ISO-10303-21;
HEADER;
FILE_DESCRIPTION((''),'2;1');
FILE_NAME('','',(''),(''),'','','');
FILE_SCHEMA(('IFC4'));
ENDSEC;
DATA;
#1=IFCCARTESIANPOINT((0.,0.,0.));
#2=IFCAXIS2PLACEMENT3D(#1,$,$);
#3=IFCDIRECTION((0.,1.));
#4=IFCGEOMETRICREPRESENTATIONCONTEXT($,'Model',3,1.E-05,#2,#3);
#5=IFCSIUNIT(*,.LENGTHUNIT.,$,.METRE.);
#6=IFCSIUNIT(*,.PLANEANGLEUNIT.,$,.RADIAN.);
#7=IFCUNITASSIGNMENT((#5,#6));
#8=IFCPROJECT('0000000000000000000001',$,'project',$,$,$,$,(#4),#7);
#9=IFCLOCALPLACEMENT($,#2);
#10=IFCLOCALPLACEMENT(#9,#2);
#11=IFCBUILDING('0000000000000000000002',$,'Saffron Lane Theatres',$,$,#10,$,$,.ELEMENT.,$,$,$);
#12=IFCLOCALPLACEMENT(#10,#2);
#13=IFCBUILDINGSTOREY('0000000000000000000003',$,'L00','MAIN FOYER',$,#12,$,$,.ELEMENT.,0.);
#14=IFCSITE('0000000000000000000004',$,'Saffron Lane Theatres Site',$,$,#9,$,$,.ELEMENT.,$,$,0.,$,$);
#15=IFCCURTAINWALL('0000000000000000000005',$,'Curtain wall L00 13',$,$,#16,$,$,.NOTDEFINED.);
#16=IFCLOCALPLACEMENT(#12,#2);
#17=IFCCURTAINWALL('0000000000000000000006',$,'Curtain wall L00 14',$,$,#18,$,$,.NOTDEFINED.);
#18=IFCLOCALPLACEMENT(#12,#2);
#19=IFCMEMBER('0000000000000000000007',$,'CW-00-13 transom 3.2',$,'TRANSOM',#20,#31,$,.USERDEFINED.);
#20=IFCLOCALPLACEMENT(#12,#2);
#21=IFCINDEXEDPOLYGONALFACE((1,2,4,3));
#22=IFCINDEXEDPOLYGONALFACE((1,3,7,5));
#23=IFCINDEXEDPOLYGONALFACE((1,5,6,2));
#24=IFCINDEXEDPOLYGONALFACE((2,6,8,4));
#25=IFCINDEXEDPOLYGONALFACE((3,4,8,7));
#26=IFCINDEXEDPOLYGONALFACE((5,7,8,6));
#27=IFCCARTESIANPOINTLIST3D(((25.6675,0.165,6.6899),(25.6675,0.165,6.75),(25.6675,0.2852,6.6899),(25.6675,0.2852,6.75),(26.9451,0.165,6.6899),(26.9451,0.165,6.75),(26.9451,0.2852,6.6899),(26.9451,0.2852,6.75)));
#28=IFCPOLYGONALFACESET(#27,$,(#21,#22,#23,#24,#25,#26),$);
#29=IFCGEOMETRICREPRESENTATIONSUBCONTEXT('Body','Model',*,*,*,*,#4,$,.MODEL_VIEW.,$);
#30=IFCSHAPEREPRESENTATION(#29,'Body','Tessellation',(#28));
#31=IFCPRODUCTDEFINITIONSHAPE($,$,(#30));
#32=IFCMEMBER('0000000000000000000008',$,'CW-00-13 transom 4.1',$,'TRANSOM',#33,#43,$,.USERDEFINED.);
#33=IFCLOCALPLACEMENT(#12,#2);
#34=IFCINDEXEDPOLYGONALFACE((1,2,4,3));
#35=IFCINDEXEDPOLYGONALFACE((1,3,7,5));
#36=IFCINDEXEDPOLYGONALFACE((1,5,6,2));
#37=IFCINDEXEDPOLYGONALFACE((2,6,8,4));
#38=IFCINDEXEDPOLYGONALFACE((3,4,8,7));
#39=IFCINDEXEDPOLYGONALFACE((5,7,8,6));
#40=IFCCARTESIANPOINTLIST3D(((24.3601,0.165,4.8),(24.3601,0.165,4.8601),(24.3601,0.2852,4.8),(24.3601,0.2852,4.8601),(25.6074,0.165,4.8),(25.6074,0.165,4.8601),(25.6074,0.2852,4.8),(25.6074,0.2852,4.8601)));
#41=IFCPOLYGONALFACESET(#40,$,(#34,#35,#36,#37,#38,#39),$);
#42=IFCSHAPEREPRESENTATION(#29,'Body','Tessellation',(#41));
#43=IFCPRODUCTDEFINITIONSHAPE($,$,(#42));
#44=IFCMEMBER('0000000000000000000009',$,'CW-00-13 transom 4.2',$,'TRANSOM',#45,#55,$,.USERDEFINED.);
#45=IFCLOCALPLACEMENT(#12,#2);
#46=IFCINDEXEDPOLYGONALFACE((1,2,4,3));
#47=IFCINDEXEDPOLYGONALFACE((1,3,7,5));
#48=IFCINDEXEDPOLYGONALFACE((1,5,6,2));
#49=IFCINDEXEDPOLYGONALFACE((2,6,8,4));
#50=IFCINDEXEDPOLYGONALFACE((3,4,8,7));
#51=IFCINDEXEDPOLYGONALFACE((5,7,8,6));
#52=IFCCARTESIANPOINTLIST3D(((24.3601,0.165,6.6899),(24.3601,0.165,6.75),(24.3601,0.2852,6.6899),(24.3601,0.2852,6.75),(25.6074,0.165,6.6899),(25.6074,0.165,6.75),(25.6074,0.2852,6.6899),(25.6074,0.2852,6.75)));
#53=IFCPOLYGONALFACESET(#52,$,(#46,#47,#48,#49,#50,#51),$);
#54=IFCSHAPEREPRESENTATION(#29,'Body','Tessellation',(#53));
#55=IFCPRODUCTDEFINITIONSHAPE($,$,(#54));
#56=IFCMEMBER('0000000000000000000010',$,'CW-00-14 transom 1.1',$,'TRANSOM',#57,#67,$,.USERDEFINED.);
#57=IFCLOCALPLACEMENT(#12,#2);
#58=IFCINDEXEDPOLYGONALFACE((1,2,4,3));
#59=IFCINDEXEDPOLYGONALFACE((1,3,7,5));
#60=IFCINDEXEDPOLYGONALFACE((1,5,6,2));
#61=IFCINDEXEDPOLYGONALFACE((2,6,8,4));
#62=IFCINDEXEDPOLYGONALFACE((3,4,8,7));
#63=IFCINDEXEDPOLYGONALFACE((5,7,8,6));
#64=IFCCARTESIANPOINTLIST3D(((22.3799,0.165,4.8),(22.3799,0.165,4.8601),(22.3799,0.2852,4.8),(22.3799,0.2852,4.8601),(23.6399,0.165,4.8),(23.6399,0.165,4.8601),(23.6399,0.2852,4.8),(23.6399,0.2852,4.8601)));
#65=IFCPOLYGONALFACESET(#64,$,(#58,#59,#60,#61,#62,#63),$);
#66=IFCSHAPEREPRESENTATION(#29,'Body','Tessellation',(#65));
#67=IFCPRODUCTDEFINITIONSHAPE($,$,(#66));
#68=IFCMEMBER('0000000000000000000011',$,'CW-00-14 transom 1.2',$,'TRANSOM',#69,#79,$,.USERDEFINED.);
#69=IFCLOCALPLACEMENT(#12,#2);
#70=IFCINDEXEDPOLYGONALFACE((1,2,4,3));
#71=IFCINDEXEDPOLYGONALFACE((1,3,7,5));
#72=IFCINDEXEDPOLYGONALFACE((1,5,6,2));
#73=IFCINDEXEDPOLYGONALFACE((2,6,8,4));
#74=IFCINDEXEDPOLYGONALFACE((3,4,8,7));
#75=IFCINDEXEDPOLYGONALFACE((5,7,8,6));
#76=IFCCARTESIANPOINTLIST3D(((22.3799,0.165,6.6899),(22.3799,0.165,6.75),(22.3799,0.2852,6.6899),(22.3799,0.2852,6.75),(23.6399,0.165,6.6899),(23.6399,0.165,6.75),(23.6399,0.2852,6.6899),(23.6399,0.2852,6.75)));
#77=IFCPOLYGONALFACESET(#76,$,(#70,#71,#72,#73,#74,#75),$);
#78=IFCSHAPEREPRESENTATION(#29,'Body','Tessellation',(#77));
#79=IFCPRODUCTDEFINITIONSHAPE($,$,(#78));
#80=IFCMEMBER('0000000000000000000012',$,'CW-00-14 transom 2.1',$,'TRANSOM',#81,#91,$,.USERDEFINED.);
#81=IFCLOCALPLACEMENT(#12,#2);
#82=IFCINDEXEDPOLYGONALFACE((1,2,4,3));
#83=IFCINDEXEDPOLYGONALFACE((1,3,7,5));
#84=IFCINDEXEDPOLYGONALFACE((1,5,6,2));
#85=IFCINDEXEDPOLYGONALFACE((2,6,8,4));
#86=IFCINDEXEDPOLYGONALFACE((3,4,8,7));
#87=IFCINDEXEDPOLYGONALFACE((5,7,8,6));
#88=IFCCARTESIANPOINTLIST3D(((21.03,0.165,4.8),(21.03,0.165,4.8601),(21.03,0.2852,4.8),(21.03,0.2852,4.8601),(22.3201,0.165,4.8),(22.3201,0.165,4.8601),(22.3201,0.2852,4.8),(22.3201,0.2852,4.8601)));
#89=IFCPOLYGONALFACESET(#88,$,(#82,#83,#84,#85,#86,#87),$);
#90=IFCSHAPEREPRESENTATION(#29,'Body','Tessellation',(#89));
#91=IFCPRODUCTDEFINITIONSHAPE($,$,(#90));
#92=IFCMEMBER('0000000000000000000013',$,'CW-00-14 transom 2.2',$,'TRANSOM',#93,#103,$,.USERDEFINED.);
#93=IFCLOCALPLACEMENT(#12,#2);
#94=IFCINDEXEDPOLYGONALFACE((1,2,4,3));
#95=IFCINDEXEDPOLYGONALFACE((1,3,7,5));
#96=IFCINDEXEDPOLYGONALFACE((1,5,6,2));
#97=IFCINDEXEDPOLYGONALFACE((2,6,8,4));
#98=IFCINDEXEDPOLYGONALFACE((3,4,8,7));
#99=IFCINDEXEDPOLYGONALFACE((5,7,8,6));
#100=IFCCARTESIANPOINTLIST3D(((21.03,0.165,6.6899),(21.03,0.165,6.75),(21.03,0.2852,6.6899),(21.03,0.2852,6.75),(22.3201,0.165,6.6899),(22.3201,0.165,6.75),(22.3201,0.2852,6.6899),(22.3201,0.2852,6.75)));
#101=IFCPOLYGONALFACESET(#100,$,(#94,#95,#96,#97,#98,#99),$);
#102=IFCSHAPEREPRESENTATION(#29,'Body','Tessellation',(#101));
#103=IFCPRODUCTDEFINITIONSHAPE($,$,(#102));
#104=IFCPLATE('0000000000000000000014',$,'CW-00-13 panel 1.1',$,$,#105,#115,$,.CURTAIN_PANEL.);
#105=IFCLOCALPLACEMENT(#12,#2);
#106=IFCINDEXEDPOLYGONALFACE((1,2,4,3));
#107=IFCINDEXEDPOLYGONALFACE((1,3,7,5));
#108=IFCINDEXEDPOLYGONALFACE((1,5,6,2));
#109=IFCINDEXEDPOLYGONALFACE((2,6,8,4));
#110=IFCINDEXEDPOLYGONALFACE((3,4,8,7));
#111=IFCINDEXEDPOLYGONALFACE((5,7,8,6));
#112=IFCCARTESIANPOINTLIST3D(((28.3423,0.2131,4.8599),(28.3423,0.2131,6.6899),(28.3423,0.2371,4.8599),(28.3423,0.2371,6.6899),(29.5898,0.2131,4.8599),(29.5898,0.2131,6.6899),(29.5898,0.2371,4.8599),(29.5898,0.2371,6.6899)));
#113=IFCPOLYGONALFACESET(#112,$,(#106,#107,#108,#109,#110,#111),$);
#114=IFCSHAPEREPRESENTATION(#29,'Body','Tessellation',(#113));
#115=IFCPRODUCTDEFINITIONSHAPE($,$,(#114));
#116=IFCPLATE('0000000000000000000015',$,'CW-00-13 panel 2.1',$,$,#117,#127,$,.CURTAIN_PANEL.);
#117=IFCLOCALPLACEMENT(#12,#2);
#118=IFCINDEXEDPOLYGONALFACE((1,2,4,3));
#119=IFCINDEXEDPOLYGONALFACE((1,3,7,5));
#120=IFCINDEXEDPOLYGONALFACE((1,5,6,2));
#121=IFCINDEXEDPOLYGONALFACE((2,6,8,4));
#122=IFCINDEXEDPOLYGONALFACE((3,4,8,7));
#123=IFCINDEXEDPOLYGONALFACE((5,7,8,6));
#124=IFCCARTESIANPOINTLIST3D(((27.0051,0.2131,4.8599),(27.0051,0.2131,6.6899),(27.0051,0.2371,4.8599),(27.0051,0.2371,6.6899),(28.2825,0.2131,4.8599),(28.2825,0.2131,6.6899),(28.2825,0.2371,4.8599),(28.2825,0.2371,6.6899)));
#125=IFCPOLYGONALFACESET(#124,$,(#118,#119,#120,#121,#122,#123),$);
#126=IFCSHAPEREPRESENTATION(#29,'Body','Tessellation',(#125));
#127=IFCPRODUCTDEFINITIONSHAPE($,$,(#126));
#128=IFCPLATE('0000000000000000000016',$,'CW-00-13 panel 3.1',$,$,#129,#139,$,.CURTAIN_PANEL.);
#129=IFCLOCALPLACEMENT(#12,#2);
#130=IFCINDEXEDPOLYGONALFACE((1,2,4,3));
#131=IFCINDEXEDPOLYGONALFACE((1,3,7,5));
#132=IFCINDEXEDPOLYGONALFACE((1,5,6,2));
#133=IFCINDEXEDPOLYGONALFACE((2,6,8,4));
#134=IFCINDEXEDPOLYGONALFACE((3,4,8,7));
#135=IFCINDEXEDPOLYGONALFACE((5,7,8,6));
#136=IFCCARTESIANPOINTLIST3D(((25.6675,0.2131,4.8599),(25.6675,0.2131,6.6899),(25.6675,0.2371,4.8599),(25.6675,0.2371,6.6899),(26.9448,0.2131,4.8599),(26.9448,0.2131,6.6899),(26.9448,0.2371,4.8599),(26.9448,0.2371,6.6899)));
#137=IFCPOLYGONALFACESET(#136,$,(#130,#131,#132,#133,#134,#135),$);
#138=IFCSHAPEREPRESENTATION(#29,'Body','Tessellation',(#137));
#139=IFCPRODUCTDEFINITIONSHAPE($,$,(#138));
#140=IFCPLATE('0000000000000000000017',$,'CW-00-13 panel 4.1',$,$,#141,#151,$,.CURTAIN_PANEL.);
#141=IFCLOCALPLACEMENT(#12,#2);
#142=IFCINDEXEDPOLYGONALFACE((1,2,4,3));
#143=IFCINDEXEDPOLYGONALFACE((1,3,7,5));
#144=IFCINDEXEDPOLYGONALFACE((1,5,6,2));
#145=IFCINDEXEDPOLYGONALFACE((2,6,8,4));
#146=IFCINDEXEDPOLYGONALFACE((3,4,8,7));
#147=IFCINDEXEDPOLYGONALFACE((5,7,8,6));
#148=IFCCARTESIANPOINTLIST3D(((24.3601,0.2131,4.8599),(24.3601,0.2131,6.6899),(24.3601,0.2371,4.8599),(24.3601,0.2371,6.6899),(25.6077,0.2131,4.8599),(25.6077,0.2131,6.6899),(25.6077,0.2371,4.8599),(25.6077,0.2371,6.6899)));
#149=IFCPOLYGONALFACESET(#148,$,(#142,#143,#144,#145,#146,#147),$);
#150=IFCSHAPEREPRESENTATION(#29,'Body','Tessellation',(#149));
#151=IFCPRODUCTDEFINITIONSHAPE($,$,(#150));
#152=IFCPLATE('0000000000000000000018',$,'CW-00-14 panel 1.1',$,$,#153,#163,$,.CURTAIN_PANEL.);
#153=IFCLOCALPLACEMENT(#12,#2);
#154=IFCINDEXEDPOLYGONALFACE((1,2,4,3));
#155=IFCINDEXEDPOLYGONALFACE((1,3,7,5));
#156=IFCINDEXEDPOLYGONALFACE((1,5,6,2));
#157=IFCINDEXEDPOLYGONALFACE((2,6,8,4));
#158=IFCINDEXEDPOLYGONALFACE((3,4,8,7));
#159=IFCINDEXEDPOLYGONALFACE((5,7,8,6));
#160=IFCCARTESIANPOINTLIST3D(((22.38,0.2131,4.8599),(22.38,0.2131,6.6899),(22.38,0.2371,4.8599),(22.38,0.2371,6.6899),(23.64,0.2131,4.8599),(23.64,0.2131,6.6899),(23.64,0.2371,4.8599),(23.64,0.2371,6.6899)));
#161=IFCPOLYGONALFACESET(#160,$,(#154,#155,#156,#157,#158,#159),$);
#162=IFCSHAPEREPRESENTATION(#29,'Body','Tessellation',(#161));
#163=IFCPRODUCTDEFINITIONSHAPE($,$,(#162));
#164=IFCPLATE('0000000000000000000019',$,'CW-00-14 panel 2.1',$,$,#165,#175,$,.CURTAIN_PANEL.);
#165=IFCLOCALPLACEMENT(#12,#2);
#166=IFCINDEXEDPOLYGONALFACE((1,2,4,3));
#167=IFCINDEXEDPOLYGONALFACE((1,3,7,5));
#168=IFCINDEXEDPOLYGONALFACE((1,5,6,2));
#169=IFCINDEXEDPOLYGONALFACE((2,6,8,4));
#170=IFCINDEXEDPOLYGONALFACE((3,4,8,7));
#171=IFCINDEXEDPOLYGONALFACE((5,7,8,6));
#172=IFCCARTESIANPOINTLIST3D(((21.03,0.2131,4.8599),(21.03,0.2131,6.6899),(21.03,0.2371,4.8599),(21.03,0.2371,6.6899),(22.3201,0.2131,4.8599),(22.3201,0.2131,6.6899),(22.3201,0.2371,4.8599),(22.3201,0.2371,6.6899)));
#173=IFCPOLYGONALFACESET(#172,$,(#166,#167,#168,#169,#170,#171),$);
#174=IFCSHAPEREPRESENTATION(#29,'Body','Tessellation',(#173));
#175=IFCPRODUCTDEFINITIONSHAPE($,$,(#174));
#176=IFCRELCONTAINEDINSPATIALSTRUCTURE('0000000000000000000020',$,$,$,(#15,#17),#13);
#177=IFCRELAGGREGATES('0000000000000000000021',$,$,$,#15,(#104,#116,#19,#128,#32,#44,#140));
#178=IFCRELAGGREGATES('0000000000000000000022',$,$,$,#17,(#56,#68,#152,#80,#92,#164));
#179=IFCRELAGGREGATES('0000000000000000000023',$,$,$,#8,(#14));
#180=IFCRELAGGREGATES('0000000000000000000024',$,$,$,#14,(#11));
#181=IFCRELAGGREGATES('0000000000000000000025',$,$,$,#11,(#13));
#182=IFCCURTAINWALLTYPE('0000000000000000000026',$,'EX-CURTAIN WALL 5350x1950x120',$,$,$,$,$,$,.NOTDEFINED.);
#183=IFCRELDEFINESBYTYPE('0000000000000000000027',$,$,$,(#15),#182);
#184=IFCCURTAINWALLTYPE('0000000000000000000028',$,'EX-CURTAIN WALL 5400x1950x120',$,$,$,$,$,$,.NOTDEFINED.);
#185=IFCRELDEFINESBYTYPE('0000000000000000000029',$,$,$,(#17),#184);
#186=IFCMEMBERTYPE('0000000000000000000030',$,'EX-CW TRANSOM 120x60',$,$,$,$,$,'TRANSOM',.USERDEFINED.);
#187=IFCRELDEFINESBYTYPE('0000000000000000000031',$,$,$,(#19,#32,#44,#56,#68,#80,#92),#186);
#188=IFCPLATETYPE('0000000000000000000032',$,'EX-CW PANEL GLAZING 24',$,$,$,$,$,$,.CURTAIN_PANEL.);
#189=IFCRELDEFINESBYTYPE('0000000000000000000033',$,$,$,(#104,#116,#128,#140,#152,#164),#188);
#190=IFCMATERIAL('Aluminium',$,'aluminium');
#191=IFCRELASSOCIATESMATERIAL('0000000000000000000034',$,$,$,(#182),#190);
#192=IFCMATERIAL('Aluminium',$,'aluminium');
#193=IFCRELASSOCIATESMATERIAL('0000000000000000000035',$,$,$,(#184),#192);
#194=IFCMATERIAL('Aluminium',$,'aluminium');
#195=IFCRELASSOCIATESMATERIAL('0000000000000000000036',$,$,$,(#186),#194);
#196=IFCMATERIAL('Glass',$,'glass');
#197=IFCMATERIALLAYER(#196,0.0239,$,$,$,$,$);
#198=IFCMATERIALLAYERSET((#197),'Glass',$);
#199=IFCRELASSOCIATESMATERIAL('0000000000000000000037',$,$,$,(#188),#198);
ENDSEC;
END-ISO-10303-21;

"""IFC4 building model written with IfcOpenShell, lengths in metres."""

from ifc_helpers import new_model, si_unit, direction, frame, origin, origin_2d, place, context, subcontext, project, spatial, rectangle, extrude, material, layer, layer_set, material_profile, profile_set, type_object, element, aggregate, save


model = new_model("IFC4")

# Units and contexts
model_context = context("Model", 3, precision=1e-05, world=origin(), true_north=direction((0.0, 1.0)))
body_context = subcontext(model_context, "Body", "Model", "MODEL_VIEW")
ifc_project = project(units=[si_unit("LENGTHUNIT", "METRE"), si_unit("PLANEANGLEUNIT", "RADIAN")], contexts=[model_context])

# Site, building, storey
site_placement = place(None, origin())
site = spatial("IfcSite", under=ifc_project, at=site_placement, Name="Saffron Lane Theatres Site", CompositionType="ELEMENT", RefElevation=0.0)
building_placement = place(site_placement, origin())
building = spatial("IfcBuilding", under=site, at=building_placement, Name="Saffron Lane Theatres", CompositionType="ELEMENT")
storey_placement = place(building_placement, origin())
storey = spatial("IfcBuildingStorey", under=building, at=storey_placement, Name="L00", Description="MAIN FOYER", CompositionType="ELEMENT", Elevation=0.0)

# Curtain walls
ifc_material_1 = material(Name="Aluminium", Category="aluminium")
curtain_wall_type_1 = type_object("IfcCurtainWallType", Name="EX-CURTAIN WALL 5350x1950x120", PredefinedType="NOTDEFINED", material=ifc_material_1)
curtain_wall_1_placement = place(storey_placement, origin())
curtain_wall_1 = element("IfcCurtainWall", 1, at=curtain_wall_1_placement, inside=storey, type_object=curtain_wall_type_1, Name="Curtain wall L00 13", PredefinedType="NOTDEFINED")
ifc_material_2 = material(Name="Aluminium", Category="aluminium")
curtain_wall_type_2 = type_object("IfcCurtainWallType", Name="EX-CURTAIN WALL 5400x1950x120", PredefinedType="NOTDEFINED", material=ifc_material_2)
curtain_wall_2_placement = place(storey_placement, origin())
curtain_wall_2 = element("IfcCurtainWall", 2, at=curtain_wall_2_placement, inside=storey, type_object=curtain_wall_type_2, Name="Curtain wall L00 14", PredefinedType="NOTDEFINED")

# Members
ifc_material_3 = material(Name="Aluminium", Category="aluminium")
ifc_material_profile_1 = material_profile(ifc_material_3, rectangle(XDim=0.1201, YDim=0.0601, at=origin_2d()))
ifc_profile_set_1 = profile_set([ifc_material_profile_1], Name="Aluminium")
member_type_1 = type_object("IfcMemberType", Name="EX-CW TRANSOM 120x60", ElementType="TRANSOM", PredefinedType="USERDEFINED", material=ifc_profile_set_1)
member_1_placement = place(storey_placement, frame((26.9451, 0.2251, 6.72), z_axis=(-1.0, 0.0, 0.0), x_axis=(0.0, -1.0, 0.0)))
member_1 = element("IfcMember", 3, at=member_1_placement, type_object=member_type_1, Name="CW-00-13 transom 3.2", ObjectType="TRANSOM", PredefinedType="USERDEFINED", context=body_context, shape_type="SweptSolid", body=[
    extrude(rectangle(XDim=0.1201, YDim=0.0601, at=origin_2d()), origin(), (0.0, 0.0, 1.0), 1.2776),
])
member_2_placement = place(storey_placement, frame((25.6074, 0.2251, 4.8301), z_axis=(-1.0, 0.0, 0.0), x_axis=(0.0, -1.0, 0.0)))
member_2 = element("IfcMember", 4, at=member_2_placement, type_object=member_type_1, Name="CW-00-13 transom 4.1", ObjectType="TRANSOM", PredefinedType="USERDEFINED", context=body_context, shape_type="SweptSolid", body=[
    extrude(rectangle(XDim=0.1201, YDim=0.0601, at=origin_2d()), origin(), (0.0, 0.0, 1.0), 1.2473),
])
member_3_placement = place(storey_placement, frame((25.6074, 0.2251, 6.72), z_axis=(-1.0, 0.0, 0.0), x_axis=(0.0, -1.0, 0.0)))
member_3 = element("IfcMember", 5, at=member_3_placement, type_object=member_type_1, Name="CW-00-13 transom 4.2", ObjectType="TRANSOM", PredefinedType="USERDEFINED", context=body_context, shape_type="SweptSolid", body=[
    extrude(rectangle(XDim=0.1201, YDim=0.0601, at=origin_2d()), origin(), (0.0, 0.0, 1.0), 1.2473),
])
member_4_placement = place(storey_placement, frame((23.6399, 0.2251, 4.8301), z_axis=(-1.0, 0.0, 0.0), x_axis=(0.0, -1.0, 0.0)))
member_4 = element("IfcMember", 6, at=member_4_placement, type_object=member_type_1, Name="CW-00-14 transom 1.1", ObjectType="TRANSOM", PredefinedType="USERDEFINED", context=body_context, shape_type="SweptSolid", body=[
    extrude(rectangle(XDim=0.1201, YDim=0.0601, at=origin_2d()), origin(), (0.0, 0.0, 1.0), 1.26),
])
member_5_placement = place(storey_placement, frame((23.6399, 0.2251, 6.72), z_axis=(-1.0, 0.0, 0.0), x_axis=(0.0, -1.0, 0.0)))
member_5 = element("IfcMember", 7, at=member_5_placement, type_object=member_type_1, Name="CW-00-14 transom 1.2", ObjectType="TRANSOM", PredefinedType="USERDEFINED", context=body_context, shape_type="SweptSolid", body=[
    extrude(rectangle(XDim=0.1201, YDim=0.0601, at=origin_2d()), origin(), (0.0, 0.0, 1.0), 1.26),
])
member_6_placement = place(storey_placement, frame((22.3201, 0.2251, 4.8301), z_axis=(-1.0, 0.0, 0.0), x_axis=(0.0, -1.0, 0.0)))
member_6 = element("IfcMember", 8, at=member_6_placement, type_object=member_type_1, Name="CW-00-14 transom 2.1", ObjectType="TRANSOM", PredefinedType="USERDEFINED", context=body_context, shape_type="SweptSolid", body=[
    extrude(rectangle(XDim=0.1201, YDim=0.0601, at=origin_2d()), origin(), (0.0, 0.0, 1.0), 1.29),
])
member_7_placement = place(storey_placement, frame((22.3201, 0.2251, 6.72), z_axis=(-1.0, 0.0, 0.0), x_axis=(0.0, -1.0, 0.0)))
member_7 = element("IfcMember", 9, at=member_7_placement, type_object=member_type_1, Name="CW-00-14 transom 2.2", ObjectType="TRANSOM", PredefinedType="USERDEFINED", context=body_context, shape_type="SweptSolid", body=[
    extrude(rectangle(XDim=0.1201, YDim=0.0601, at=origin_2d()), origin(), (0.0, 0.0, 1.0), 1.29),
])

# Plates
ifc_material_4 = material(Name="Glass", Category="glass")
ifc_layer_1 = layer(ifc_material_4, 0.0239)
ifc_layer_set_1 = layer_set([ifc_layer_1], Name="Glass")
plate_type = type_object("IfcPlateType", Name="EX-CW PANEL GLAZING 24", PredefinedType="CURTAIN_PANEL", material=ifc_layer_set_1)
plate_1_placement = place(storey_placement, frame((28.9661, 0.2251, 4.8599), z_axis=(0.0, 0.0, 1.0), x_axis=(-1.0, 0.0, 0.0)))
plate_1 = element("IfcPlate", 10, at=plate_1_placement, type_object=plate_type, Name="CW-00-13 panel 1.1", PredefinedType="CURTAIN_PANEL", context=body_context, shape_type="SweptSolid", body=[
    extrude(rectangle(XDim=1.2476, YDim=0.0239, at=origin_2d()), origin(), (0.0, 0.0, 1.0), 1.8301),
])
plate_2_placement = place(storey_placement, frame((27.6438, 0.2251, 4.8599), z_axis=(0.0, 0.0, 1.0), x_axis=(-1.0, 0.0, 0.0)))
plate_2 = element("IfcPlate", 11, at=plate_2_placement, type_object=plate_type, Name="CW-00-13 panel 2.1", PredefinedType="CURTAIN_PANEL", context=body_context, shape_type="SweptSolid", body=[
    extrude(rectangle(XDim=1.2773, YDim=0.0239, at=origin_2d()), origin(), (0.0, 0.0, 1.0), 1.8301),
])
plate_3_placement = place(storey_placement, frame((26.3062, 0.2251, 4.8599), z_axis=(0.0, 0.0, 1.0), x_axis=(-1.0, 0.0, 0.0)))
plate_3 = element("IfcPlate", 12, at=plate_3_placement, type_object=plate_type, Name="CW-00-13 panel 3.1", PredefinedType="CURTAIN_PANEL", context=body_context, shape_type="SweptSolid", body=[
    extrude(rectangle(XDim=1.2773, YDim=0.0239, at=origin_2d()), origin(), (0.0, 0.0, 1.0), 1.8301),
])
plate_4_placement = place(storey_placement, frame((24.9839, 0.2251, 4.8599), z_axis=(0.0, 0.0, 1.0), x_axis=(-1.0, 0.0, 0.0)))
plate_4 = element("IfcPlate", 13, at=plate_4_placement, type_object=plate_type, Name="CW-00-13 panel 4.1", PredefinedType="CURTAIN_PANEL", context=body_context, shape_type="SweptSolid", body=[
    extrude(rectangle(XDim=1.2476, YDim=0.0239, at=origin_2d()), origin(), (0.0, 0.0, 1.0), 1.8301),
])
aggregate(curtain_wall_1, [plate_1, plate_2, member_1, plate_3, member_2, member_3, plate_4])
plate_5_placement = place(storey_placement, frame((23.01, 0.2251, 4.8599), z_axis=(0.0, 0.0, 1.0), x_axis=(-1.0, 0.0, 0.0)))
plate_5 = element("IfcPlate", 14, at=plate_5_placement, type_object=plate_type, Name="CW-00-14 panel 1.1", PredefinedType="CURTAIN_PANEL", context=body_context, shape_type="SweptSolid", body=[
    extrude(rectangle(XDim=1.26, YDim=0.0239, at=origin_2d()), origin(), (0.0, 0.0, 1.0), 1.8301),
])
plate_6_placement = place(storey_placement, frame((21.675, 0.2251, 4.8599), z_axis=(0.0, 0.0, 1.0), x_axis=(-1.0, 0.0, 0.0)))
plate_6 = element("IfcPlate", 15, at=plate_6_placement, type_object=plate_type, Name="CW-00-14 panel 2.1", PredefinedType="CURTAIN_PANEL", context=body_context, shape_type="SweptSolid", body=[
    extrude(rectangle(XDim=1.29, YDim=0.0239, at=origin_2d()), origin(), (0.0, 0.0, 1.0), 1.8301),
])
aggregate(curtain_wall_2, [member_4, member_5, plate_5, member_6, member_7, plate_6])

save(model, "model.ifc")
